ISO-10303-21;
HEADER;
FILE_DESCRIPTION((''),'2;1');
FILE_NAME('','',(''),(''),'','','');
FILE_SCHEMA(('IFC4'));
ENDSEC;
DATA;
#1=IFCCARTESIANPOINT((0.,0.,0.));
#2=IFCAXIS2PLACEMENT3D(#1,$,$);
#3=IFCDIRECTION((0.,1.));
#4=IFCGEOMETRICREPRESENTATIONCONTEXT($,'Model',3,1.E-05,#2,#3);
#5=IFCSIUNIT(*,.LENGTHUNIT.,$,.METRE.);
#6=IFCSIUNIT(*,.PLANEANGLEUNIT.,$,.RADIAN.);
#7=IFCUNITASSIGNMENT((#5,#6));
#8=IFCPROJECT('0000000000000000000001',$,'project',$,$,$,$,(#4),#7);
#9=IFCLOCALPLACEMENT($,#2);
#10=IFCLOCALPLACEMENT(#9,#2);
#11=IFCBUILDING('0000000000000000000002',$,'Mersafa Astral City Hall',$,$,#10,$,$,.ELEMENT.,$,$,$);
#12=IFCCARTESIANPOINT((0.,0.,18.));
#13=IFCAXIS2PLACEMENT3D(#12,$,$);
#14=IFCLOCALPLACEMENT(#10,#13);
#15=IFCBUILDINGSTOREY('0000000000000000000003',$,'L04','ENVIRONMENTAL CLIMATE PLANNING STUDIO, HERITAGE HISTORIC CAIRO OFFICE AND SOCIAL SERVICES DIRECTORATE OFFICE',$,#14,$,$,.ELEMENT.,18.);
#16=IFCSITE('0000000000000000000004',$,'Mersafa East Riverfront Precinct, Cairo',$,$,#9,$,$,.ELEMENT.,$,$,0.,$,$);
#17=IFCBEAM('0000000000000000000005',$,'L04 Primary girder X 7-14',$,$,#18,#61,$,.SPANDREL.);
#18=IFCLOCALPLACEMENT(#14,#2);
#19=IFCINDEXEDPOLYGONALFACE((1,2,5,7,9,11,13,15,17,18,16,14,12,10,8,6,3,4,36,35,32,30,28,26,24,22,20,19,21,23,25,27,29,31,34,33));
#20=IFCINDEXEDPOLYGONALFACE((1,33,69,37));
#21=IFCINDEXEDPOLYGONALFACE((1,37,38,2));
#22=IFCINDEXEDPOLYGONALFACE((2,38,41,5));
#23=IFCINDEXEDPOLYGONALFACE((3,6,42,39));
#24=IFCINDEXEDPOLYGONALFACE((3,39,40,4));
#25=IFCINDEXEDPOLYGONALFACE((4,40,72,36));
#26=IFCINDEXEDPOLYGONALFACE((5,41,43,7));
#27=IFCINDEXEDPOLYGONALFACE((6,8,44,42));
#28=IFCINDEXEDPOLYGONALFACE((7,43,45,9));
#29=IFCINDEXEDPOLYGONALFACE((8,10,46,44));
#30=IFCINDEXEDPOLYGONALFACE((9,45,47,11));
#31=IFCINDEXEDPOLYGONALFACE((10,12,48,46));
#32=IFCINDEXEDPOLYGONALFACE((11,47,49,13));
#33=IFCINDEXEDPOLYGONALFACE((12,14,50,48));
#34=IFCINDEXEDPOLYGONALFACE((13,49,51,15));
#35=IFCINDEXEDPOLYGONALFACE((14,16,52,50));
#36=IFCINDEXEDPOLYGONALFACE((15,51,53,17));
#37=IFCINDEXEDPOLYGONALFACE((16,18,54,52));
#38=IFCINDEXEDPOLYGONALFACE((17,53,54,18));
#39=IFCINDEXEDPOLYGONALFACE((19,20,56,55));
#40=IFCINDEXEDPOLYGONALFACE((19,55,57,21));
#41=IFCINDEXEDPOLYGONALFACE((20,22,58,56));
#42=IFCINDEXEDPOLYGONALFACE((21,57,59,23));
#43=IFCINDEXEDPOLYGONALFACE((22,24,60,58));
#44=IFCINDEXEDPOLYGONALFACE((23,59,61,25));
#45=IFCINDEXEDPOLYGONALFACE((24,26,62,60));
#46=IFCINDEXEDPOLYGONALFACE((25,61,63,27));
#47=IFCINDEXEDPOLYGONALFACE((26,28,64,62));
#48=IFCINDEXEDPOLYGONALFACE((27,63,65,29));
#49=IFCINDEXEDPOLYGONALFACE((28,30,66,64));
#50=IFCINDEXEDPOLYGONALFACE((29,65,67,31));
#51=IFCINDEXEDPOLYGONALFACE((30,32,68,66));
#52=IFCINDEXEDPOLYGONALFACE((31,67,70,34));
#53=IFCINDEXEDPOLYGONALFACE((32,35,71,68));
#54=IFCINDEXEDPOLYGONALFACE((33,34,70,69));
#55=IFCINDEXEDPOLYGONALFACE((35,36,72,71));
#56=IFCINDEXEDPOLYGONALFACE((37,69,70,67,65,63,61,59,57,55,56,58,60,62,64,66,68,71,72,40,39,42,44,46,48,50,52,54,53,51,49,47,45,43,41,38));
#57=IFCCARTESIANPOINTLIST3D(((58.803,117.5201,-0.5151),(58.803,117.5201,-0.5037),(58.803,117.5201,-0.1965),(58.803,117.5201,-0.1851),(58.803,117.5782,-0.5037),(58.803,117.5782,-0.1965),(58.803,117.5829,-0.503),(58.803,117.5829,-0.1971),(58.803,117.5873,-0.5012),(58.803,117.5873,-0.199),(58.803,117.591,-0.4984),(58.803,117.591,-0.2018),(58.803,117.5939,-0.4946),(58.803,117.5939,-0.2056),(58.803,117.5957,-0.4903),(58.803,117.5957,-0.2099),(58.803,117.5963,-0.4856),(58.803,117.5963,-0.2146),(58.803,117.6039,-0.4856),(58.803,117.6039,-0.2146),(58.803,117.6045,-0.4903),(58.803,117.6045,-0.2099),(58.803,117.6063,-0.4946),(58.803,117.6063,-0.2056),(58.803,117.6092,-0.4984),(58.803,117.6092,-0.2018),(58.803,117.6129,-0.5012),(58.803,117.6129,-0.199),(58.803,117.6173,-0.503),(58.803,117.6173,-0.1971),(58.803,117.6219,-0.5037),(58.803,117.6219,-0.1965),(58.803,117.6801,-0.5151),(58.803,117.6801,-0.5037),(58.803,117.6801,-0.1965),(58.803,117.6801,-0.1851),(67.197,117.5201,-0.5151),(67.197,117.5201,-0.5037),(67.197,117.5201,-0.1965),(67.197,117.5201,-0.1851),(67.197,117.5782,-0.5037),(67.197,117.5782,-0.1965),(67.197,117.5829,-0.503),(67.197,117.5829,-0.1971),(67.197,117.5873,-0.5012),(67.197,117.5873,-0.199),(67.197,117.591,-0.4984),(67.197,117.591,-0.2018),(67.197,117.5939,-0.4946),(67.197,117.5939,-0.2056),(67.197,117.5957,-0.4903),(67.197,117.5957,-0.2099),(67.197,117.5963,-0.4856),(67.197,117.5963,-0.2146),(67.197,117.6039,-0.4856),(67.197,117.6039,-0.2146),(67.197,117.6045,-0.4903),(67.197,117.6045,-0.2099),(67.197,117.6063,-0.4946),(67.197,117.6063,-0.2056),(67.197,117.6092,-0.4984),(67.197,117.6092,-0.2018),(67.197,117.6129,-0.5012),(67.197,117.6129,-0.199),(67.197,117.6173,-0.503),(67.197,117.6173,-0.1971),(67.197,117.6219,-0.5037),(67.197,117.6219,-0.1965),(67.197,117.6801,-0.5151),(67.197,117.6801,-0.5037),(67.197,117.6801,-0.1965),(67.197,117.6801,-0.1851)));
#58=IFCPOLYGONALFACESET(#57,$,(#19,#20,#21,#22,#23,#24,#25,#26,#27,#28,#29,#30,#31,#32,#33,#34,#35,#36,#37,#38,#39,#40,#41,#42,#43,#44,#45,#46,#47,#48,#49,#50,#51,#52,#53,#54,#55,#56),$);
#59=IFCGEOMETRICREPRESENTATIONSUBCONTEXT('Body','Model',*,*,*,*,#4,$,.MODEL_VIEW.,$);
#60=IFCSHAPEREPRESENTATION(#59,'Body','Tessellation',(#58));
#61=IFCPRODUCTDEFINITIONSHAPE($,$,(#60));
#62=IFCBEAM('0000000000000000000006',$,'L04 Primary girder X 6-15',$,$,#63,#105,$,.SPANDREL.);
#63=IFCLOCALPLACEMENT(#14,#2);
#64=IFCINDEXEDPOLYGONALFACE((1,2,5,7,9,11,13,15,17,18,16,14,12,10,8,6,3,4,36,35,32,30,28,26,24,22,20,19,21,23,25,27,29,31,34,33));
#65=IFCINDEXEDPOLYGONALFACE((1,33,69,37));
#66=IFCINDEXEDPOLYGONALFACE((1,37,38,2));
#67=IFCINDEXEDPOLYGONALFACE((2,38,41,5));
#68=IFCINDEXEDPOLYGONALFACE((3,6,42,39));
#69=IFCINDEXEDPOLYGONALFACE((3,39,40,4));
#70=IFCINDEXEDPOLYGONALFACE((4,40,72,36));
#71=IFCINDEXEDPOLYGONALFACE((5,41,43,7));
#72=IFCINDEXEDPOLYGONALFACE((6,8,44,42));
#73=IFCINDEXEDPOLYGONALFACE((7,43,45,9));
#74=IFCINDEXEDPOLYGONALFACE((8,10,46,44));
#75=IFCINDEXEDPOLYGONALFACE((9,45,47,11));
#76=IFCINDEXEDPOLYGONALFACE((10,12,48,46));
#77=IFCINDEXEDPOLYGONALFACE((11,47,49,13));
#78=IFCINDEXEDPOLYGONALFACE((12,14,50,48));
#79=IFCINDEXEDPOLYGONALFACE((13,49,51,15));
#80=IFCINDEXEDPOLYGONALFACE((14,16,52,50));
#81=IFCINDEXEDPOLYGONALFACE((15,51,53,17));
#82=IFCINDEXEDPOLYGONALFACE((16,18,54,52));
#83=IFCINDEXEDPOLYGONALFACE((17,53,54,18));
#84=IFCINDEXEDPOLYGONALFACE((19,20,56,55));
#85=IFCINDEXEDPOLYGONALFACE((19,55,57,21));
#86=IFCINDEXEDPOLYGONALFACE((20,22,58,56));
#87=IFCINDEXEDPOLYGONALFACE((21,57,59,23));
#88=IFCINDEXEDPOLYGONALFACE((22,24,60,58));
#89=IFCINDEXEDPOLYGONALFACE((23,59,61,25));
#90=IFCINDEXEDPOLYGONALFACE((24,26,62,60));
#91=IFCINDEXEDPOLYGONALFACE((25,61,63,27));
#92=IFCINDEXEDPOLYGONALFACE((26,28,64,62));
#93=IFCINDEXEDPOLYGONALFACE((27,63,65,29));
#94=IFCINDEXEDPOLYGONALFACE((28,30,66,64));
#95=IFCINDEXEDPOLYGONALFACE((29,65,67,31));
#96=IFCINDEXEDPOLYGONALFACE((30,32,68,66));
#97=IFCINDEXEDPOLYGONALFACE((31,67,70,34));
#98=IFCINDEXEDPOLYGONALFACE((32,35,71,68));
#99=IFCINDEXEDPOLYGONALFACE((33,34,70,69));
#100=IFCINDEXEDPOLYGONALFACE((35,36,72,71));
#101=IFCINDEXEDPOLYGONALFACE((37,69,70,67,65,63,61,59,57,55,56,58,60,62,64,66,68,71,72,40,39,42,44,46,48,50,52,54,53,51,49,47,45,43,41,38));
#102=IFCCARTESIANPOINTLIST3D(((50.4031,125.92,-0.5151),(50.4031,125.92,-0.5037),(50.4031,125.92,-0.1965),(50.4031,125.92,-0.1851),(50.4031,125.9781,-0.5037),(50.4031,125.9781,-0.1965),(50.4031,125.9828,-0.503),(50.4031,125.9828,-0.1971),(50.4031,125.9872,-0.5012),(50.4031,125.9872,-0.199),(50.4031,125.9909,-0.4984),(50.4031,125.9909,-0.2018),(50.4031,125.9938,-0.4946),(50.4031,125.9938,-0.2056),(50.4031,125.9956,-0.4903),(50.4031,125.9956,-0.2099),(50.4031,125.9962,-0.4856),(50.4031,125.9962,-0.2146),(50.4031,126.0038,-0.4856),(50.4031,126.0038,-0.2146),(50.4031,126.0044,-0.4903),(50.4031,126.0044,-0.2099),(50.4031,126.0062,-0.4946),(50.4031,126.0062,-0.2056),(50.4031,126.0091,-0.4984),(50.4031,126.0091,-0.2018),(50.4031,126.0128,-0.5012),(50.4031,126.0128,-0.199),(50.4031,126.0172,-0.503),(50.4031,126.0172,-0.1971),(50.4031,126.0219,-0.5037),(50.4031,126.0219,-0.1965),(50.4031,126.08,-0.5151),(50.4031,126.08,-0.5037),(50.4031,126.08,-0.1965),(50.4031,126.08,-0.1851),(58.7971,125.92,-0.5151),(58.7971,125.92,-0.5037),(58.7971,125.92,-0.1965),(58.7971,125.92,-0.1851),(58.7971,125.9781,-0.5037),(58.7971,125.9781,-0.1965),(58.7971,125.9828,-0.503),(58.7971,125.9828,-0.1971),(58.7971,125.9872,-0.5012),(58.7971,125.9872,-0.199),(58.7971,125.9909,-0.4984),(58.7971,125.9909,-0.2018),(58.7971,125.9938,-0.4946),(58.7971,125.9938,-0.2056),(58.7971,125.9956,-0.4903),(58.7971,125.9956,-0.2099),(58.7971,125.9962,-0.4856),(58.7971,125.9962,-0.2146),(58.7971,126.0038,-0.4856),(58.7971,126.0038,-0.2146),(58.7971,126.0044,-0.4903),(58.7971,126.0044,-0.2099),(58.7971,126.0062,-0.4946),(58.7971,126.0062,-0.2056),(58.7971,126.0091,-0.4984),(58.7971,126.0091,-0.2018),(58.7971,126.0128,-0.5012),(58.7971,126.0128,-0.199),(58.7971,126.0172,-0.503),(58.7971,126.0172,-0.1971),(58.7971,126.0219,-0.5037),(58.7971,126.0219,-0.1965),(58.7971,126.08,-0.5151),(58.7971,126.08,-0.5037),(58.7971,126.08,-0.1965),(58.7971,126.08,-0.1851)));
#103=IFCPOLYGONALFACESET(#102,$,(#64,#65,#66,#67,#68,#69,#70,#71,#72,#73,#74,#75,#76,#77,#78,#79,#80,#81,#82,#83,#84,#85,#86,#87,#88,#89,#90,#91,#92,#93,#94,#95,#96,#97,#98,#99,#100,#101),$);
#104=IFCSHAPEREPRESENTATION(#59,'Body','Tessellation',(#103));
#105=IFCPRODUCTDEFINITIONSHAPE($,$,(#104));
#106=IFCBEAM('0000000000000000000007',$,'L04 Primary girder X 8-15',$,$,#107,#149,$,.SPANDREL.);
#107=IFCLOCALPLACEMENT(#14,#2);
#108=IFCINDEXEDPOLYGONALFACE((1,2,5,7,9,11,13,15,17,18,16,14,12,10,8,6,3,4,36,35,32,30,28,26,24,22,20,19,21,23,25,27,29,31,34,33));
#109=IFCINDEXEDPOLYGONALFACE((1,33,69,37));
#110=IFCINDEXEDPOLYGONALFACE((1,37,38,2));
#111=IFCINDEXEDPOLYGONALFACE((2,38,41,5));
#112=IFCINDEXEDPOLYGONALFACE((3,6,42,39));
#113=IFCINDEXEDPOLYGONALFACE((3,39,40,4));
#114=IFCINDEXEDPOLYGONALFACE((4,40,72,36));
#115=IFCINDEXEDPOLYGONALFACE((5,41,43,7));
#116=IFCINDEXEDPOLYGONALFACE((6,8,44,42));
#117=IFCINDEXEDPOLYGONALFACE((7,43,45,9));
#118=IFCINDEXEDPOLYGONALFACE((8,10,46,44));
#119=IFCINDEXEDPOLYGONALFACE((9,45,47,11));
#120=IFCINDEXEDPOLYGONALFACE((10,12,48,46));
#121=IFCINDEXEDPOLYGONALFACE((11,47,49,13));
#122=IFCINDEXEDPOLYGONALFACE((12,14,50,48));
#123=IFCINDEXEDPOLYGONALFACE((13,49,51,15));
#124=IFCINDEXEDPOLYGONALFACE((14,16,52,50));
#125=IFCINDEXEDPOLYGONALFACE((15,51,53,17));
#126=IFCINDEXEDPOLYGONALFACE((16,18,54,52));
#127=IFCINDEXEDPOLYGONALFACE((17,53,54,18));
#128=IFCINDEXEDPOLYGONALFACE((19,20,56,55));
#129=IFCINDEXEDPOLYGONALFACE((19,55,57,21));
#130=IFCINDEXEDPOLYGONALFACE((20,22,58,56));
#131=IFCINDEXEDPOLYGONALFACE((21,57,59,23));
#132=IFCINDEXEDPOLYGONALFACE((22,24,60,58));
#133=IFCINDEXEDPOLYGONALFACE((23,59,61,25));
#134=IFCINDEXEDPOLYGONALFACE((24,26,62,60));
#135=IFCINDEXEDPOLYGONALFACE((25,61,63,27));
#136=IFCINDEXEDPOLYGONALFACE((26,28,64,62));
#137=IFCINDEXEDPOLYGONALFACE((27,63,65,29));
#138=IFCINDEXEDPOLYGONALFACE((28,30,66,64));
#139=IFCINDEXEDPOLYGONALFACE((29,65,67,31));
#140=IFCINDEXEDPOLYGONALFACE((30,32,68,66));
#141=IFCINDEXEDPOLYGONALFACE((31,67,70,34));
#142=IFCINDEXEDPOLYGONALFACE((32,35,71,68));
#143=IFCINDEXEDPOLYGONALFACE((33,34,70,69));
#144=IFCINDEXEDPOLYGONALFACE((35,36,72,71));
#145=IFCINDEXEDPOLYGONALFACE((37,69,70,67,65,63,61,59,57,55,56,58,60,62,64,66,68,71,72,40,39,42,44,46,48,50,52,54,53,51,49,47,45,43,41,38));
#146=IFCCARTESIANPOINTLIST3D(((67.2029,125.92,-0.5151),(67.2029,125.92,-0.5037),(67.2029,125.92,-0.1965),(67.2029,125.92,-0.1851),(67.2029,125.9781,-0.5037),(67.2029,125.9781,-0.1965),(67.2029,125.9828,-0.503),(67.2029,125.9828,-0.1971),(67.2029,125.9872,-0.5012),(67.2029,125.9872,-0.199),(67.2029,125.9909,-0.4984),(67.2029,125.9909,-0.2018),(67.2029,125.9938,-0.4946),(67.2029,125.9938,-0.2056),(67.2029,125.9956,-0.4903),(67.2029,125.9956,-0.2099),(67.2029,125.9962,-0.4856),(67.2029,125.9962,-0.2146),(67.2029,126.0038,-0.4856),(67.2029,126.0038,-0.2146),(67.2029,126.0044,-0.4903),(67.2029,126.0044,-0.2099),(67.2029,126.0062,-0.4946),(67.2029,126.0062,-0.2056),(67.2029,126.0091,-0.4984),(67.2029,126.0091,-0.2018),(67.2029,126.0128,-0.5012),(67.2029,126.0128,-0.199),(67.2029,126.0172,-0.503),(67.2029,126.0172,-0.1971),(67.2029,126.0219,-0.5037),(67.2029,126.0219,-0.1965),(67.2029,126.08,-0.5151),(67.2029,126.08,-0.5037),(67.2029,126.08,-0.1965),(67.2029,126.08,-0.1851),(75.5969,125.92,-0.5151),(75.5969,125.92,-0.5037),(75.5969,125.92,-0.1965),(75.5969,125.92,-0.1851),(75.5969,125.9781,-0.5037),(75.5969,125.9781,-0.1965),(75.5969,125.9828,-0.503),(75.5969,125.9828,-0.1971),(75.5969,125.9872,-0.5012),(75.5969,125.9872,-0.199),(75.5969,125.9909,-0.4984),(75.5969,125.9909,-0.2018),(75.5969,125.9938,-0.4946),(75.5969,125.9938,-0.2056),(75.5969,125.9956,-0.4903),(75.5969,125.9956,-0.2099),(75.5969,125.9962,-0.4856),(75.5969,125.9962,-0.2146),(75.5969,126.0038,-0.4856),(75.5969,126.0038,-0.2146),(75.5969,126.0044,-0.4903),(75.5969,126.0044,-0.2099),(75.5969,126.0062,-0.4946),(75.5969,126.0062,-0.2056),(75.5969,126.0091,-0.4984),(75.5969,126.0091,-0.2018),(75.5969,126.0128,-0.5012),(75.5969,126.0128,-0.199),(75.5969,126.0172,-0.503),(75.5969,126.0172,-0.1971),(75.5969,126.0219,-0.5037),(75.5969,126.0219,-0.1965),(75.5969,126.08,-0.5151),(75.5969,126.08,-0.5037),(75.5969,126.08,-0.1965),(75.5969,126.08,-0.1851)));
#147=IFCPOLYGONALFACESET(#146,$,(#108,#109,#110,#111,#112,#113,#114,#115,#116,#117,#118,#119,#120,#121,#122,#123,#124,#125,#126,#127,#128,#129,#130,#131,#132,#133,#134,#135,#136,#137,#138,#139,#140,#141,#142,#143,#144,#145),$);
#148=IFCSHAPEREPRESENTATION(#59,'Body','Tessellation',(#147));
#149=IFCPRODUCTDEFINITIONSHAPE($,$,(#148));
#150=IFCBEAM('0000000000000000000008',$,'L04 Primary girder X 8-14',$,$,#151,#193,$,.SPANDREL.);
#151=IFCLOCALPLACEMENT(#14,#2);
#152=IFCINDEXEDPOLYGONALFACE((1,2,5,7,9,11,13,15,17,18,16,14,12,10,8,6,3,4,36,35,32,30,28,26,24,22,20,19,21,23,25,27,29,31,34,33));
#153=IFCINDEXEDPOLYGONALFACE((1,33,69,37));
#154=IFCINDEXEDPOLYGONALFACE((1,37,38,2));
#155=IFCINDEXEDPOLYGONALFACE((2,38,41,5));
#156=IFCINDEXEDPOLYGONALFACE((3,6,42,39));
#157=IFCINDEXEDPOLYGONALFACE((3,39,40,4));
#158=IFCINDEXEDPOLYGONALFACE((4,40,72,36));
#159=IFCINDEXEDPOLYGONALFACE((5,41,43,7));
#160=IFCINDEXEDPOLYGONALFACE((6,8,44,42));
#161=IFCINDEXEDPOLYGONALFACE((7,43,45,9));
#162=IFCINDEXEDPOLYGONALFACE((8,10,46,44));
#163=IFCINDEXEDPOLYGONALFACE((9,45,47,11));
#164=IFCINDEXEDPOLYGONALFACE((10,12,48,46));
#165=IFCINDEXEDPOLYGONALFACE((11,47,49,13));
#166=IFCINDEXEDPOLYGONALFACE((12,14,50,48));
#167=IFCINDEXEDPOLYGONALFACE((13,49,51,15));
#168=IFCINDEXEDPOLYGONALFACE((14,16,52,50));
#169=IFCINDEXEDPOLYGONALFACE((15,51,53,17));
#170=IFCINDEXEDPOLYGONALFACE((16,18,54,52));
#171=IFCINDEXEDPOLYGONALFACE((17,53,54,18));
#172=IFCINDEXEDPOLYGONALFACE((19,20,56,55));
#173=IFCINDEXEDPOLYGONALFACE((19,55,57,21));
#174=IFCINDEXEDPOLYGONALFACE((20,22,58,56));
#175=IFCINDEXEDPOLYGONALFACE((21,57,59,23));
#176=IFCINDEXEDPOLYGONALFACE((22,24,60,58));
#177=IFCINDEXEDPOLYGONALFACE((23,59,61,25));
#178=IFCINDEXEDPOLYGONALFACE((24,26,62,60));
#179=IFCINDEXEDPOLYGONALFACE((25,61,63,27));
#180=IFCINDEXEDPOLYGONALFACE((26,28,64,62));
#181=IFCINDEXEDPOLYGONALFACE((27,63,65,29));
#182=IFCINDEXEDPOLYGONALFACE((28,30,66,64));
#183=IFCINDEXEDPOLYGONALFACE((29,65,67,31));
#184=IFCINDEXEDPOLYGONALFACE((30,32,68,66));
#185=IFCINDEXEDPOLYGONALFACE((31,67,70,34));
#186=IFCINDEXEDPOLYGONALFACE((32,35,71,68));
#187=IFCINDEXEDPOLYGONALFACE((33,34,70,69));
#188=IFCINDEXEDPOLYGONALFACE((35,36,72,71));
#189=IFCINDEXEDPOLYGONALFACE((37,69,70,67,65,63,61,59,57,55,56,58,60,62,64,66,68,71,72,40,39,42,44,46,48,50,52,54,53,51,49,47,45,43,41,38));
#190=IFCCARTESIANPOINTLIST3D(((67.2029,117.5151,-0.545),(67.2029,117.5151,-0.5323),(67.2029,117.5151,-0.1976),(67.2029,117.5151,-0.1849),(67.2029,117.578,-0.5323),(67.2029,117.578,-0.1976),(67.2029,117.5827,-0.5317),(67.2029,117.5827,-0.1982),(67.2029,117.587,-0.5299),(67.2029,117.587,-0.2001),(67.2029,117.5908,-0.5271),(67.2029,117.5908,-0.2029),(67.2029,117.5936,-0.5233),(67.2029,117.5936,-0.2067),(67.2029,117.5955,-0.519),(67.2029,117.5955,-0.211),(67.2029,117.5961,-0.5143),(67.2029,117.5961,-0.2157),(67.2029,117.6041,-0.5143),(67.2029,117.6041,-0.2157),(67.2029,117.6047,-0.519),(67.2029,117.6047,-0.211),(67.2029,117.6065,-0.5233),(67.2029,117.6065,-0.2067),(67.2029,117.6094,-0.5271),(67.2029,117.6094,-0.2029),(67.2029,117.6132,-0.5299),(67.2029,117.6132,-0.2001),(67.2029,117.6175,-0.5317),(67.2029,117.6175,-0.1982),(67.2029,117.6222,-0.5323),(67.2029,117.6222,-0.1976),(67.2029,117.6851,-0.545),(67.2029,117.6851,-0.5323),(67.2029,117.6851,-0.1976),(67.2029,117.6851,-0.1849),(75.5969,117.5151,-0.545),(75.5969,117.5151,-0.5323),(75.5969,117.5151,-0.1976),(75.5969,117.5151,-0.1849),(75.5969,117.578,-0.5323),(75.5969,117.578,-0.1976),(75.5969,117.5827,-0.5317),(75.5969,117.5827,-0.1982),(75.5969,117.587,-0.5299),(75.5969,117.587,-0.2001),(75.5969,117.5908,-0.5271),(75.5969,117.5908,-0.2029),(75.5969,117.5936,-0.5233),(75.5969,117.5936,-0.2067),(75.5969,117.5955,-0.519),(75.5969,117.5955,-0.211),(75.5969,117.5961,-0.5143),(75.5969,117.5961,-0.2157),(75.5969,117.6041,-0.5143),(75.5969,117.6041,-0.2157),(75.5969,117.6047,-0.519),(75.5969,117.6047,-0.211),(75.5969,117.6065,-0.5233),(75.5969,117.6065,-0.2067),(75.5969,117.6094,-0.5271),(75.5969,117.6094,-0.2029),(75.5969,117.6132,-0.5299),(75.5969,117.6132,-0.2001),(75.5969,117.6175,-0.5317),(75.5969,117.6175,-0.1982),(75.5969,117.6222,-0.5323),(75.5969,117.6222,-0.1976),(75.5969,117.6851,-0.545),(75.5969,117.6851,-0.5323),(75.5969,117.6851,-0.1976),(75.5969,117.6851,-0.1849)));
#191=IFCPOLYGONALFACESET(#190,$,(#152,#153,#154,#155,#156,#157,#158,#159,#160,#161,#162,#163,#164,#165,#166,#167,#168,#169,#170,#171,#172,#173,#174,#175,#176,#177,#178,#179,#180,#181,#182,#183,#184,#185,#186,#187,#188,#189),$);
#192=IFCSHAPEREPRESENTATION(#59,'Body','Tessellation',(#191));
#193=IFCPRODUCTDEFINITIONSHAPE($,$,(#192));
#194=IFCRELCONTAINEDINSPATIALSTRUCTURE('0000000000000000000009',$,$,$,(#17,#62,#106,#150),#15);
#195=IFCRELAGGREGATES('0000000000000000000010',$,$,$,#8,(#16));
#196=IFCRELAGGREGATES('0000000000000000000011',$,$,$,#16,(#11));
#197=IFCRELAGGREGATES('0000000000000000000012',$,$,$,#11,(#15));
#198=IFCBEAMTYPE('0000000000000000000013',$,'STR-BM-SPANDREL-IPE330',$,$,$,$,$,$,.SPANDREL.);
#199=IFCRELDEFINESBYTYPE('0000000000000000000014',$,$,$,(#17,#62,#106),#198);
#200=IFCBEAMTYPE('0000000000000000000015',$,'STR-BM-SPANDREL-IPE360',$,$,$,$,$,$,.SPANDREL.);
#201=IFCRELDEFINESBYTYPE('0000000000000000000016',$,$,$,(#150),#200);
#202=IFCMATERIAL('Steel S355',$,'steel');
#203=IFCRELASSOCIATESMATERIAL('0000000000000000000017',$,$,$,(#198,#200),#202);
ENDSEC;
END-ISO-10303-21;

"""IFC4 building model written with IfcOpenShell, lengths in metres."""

from ifc_helpers import new_model, si_unit, direction, frame, origin, origin_2d, place, context, subcontext, project, spatial, i_section, extrude, material, material_profile, profile_set, type_object, element, save


model = new_model("IFC4")

# Units and contexts
model_context = context("Model", 3, precision=1e-05, world=origin(), true_north=direction((0.0, 1.0)))
body_context = subcontext(model_context, "Body", "Model", "MODEL_VIEW")
ifc_project = project(units=[si_unit("LENGTHUNIT", "METRE"), si_unit("PLANEANGLEUNIT", "RADIAN")], contexts=[model_context])

# Site, building, storey
site_placement = place(None, origin())
site = spatial("IfcSite", under=ifc_project, at=site_placement, Name="Mersafa East Riverfront Precinct, Cairo", CompositionType="ELEMENT", RefElevation=0.0)
building_placement = place(site_placement, origin())
building = spatial("IfcBuilding", under=site, at=building_placement, Name="Mersafa Astral City Hall", CompositionType="ELEMENT")
storey_placement = place(building_placement, frame((0.0, 0.0, 18.0)))
storey = spatial("IfcBuildingStorey", under=building, at=storey_placement, Name="L04", Description="ENVIRONMENTAL CLIMATE PLANNING STUDIO, HERITAGE HISTORIC CAIRO OFFICE AND SOCIAL SERVICES DIRECTORATE OFFICE", CompositionType="ELEMENT", Elevation=18.0)

# Shared definitions
ifc_material_1 = material(Name="Steel S355", Category="steel")

# Beams
ifc_material_profile_1 = material_profile(ifc_material_1, i_section(OverallWidth=0.1599, OverallDepth=0.3301, WebThickness=0.0076, FlangeThickness=0.0115, FilletRadius=0.0181, at=origin_2d()), Name="IPE 330")
ifc_profile_set_1 = profile_set([ifc_material_profile_1], Name="Steel S355")
beam_type_1 = type_object("IfcBeamType", Name="STR-BM-SPANDREL-IPE330", PredefinedType="SPANDREL", material=ifc_profile_set_1)
for number, where, z_axis, x_axis, name in (
    (1, (58.803, 117.6001, -0.3501), (1.0, 0.0, 0.0), (0.0, 1.0, 0.0), "L04 Primary girder X 7-14"),
    (2, (50.4031, 126.0, -0.3501), (1.0, 0.0, 0.0), (0.0, 1.0, 0.0), "L04 Primary girder X 6-15"),
    (3, (67.2029, 126.0, -0.3501), (1.0, 0.0, 0.0), (0.0, 1.0, 0.0), "L04 Primary girder X 8-15"),
):
    element("IfcBeam", number, at=place(storey_placement, frame(where, z_axis=z_axis, x_axis=x_axis)), inside=storey, type_object=beam_type_1, Name=name, PredefinedType="SPANDREL", context=body_context, shape_type="SweptSolid", body=[
        extrude(i_section(OverallWidth=0.1599, OverallDepth=0.3301, WebThickness=0.0076, FlangeThickness=0.0115, FilletRadius=0.0181, at=origin_2d()), origin(), (0.0, 0.0, 1.0), 8.394),
    ])
ifc_material_profile_2 = material_profile(ifc_material_1, i_section(OverallWidth=0.1699, OverallDepth=0.3601, WebThickness=0.0081, FlangeThickness=0.0127, FilletRadius=0.0181, at=origin_2d()), Name="IPE 360")
ifc_profile_set_2 = profile_set([ifc_material_profile_2], Name="Steel S355")
beam_type_2 = type_object("IfcBeamType", Name="STR-BM-SPANDREL-IPE360", PredefinedType="SPANDREL", material=ifc_profile_set_2)
for number, where, z_axis, x_axis, name in (
    (4, (67.2029, 117.6001, -0.365), (1.0, 0.0, 0.0), (0.0, 1.0, 0.0), "L04 Primary girder X 8-14"),
):
    element("IfcBeam", number, at=place(storey_placement, frame(where, z_axis=z_axis, x_axis=x_axis)), inside=storey, type_object=beam_type_2, Name=name, PredefinedType="SPANDREL", context=body_context, shape_type="SweptSolid", body=[
        extrude(i_section(OverallWidth=0.1699, OverallDepth=0.3601, WebThickness=0.0081, FlangeThickness=0.0127, FilletRadius=0.0181, at=origin_2d()), origin(), (0.0, 0.0, 1.0), 8.394),
    ])

save(model, "model.ifc")
